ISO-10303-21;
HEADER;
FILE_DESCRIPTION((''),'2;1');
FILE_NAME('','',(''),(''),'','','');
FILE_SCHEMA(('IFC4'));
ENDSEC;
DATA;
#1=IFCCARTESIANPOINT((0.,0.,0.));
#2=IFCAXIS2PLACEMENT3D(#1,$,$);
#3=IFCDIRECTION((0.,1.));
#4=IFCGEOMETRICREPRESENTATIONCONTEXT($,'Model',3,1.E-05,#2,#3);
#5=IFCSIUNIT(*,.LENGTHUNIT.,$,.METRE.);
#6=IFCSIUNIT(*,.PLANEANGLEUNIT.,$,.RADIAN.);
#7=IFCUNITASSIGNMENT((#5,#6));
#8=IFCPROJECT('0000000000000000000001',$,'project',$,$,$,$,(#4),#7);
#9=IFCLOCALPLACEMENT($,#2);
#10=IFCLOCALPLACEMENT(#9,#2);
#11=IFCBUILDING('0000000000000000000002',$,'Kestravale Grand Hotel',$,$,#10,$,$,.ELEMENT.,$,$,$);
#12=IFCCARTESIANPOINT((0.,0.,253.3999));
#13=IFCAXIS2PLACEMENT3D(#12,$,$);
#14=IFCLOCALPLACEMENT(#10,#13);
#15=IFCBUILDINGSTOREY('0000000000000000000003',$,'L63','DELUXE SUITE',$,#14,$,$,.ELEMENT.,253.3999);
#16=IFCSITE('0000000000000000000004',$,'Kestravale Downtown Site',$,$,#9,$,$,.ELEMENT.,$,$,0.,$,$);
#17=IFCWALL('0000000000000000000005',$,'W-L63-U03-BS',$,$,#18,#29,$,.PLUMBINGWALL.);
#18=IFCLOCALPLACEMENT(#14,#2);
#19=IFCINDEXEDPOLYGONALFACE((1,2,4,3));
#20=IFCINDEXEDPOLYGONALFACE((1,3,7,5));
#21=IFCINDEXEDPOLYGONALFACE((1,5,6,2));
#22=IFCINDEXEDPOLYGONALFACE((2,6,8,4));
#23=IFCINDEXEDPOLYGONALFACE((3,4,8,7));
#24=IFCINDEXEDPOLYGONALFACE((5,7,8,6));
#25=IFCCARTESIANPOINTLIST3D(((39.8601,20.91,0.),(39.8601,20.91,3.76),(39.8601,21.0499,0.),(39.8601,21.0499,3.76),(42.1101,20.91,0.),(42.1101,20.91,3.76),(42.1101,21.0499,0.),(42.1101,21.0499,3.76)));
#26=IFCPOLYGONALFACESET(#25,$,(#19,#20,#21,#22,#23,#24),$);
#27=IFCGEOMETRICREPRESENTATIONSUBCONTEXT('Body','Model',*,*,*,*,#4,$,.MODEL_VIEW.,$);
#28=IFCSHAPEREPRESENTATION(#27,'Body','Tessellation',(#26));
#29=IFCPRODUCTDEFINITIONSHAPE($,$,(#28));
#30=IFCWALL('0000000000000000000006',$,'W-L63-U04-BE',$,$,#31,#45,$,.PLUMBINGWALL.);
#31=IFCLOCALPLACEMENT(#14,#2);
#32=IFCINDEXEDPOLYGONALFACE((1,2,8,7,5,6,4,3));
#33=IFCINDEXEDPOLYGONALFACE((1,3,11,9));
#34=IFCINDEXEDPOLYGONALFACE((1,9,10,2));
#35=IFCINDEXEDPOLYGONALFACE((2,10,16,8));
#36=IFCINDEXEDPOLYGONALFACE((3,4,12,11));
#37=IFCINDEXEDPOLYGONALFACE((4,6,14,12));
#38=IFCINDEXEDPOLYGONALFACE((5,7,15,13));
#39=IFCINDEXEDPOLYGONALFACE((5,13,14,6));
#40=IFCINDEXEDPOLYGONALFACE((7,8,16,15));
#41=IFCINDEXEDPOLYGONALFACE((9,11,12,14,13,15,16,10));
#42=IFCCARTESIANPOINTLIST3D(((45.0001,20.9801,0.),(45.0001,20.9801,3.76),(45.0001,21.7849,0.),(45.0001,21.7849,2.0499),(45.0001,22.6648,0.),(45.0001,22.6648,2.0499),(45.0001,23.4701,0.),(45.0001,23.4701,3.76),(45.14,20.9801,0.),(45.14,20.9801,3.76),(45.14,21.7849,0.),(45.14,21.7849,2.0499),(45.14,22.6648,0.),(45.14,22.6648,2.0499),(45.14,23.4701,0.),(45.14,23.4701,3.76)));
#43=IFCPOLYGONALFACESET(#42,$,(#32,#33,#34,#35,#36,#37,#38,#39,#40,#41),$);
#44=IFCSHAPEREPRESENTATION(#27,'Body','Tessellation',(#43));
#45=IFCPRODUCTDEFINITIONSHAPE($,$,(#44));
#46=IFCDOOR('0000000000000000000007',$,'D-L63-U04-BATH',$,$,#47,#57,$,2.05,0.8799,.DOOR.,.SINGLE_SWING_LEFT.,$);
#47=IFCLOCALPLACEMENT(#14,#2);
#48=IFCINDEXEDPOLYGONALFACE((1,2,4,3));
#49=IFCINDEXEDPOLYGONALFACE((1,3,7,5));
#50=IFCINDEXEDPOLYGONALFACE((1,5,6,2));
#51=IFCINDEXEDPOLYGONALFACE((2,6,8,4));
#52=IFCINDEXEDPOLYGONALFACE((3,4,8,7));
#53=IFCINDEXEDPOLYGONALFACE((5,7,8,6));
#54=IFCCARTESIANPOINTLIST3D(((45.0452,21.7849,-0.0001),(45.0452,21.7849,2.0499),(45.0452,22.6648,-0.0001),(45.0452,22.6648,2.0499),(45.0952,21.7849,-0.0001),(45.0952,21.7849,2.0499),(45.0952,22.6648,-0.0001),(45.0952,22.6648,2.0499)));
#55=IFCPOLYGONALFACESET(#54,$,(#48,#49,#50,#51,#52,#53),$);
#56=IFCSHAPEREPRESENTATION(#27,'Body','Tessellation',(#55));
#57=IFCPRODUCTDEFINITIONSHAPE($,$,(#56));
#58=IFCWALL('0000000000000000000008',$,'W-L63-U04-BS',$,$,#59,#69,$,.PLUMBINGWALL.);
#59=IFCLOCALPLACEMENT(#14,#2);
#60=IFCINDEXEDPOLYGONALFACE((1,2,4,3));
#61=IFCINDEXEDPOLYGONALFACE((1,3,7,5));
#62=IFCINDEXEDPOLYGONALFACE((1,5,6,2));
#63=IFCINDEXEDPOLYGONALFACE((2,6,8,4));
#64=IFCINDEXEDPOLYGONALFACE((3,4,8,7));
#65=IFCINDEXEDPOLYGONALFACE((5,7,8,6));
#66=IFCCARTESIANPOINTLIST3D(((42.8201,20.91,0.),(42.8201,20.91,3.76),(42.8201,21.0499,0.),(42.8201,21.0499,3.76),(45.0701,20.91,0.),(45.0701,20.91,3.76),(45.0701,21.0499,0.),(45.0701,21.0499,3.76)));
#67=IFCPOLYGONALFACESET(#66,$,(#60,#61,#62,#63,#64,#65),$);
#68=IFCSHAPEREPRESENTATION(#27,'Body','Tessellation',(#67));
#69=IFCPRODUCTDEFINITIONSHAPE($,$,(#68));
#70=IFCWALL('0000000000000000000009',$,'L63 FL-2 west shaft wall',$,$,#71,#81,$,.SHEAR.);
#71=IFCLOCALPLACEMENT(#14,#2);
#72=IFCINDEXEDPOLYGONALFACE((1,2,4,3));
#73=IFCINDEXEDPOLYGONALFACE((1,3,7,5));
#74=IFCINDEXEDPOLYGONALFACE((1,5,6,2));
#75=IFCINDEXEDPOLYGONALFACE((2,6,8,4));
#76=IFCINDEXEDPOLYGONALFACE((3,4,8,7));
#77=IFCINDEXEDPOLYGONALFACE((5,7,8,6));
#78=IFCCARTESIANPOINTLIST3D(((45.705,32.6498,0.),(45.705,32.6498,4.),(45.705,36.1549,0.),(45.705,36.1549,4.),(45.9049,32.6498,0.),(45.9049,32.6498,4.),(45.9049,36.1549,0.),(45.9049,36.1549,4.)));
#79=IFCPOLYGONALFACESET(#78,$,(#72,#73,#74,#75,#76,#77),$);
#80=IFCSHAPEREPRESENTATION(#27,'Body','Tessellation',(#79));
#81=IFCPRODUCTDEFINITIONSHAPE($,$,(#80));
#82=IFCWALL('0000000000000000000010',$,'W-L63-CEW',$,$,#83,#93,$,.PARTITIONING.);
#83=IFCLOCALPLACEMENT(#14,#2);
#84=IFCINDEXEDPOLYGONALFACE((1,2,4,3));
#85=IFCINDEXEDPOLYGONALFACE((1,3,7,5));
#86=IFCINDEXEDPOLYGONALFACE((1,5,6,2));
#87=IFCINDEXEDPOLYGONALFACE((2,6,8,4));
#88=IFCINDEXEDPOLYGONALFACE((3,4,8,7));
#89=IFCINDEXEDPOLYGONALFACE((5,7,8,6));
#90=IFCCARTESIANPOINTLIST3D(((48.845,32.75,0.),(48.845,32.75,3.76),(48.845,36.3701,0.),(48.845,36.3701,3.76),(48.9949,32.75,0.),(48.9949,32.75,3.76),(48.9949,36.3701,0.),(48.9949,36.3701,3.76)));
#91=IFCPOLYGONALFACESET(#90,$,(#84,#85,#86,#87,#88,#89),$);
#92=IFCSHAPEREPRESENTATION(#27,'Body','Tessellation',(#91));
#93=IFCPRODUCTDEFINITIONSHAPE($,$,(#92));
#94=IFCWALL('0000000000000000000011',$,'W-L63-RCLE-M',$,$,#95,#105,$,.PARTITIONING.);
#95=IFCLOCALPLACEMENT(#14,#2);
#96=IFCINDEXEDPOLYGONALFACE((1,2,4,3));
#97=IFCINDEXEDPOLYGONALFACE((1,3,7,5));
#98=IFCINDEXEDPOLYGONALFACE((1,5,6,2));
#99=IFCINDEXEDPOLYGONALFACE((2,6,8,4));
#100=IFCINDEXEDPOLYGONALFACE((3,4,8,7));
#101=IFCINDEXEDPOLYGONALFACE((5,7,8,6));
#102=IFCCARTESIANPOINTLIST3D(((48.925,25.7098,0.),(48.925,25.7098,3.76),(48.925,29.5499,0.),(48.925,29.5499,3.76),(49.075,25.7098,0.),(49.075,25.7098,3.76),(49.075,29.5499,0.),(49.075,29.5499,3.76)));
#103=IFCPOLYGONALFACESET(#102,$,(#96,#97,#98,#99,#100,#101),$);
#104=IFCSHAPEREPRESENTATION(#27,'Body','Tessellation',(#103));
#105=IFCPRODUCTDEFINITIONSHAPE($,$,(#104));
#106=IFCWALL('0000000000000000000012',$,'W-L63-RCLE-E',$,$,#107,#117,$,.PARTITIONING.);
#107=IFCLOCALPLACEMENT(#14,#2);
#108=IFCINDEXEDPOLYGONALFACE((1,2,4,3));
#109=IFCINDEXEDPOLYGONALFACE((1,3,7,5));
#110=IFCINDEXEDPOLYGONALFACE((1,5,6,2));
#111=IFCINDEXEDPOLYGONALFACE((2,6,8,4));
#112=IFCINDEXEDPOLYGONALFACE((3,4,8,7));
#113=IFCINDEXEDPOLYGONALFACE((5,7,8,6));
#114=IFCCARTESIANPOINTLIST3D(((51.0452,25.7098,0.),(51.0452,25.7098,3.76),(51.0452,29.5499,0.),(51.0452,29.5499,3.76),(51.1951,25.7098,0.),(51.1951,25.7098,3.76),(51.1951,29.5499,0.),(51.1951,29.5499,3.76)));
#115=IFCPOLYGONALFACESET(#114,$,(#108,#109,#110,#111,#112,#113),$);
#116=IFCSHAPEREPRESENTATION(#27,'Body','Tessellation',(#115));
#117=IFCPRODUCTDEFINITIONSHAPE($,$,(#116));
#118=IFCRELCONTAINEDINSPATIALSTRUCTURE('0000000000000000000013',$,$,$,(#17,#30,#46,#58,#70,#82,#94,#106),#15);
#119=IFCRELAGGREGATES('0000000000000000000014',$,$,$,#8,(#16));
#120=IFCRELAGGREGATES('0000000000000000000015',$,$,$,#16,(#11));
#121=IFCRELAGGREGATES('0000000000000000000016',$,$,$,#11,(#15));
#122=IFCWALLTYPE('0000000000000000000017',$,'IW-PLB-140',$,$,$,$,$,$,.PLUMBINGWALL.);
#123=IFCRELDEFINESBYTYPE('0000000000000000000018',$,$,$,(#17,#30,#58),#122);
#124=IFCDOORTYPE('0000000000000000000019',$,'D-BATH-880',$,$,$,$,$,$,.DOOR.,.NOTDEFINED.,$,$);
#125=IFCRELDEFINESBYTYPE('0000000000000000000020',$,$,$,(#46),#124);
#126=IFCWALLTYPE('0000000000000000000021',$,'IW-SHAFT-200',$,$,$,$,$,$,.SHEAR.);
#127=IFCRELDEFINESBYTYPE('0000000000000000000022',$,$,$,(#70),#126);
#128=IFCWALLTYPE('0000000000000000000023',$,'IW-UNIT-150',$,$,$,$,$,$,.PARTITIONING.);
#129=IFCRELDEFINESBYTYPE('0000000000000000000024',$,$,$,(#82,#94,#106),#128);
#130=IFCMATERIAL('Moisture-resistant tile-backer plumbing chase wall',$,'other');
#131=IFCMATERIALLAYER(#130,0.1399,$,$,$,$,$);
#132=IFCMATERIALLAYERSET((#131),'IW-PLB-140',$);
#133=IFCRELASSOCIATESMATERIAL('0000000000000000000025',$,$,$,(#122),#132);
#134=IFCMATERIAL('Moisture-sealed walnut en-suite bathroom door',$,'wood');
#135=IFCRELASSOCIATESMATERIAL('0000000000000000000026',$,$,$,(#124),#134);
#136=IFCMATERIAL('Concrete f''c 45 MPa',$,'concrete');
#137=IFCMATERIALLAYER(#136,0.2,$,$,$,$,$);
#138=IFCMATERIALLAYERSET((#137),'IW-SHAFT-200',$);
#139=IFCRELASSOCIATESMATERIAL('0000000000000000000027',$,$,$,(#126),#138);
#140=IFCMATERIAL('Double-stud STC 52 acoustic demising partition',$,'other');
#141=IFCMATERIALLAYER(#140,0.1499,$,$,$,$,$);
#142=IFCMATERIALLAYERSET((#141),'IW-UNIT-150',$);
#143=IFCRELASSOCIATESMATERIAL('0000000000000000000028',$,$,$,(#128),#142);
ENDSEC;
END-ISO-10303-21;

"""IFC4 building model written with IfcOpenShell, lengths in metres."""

from ifc_helpers import new_model, si_unit, direction, frame, frame_2d, origin, place, context, subcontext, project, spatial, rectangle, extrude, material, layer, layer_set, type_object, element, fill, save


model = new_model("IFC4")

# Units and contexts
model_context = context("Model", 3, precision=1e-05, world=origin(), true_north=direction((0.0, 1.0)))
body_context = subcontext(model_context, "Body", "Model", "MODEL_VIEW")
ifc_project = project(units=[si_unit("LENGTHUNIT", "METRE"), si_unit("PLANEANGLEUNIT", "RADIAN")], contexts=[model_context])

# Site, building, storey
site_placement = place(None, origin())
site = spatial("IfcSite", under=ifc_project, at=site_placement, Name="Kestravale Downtown Site", CompositionType="ELEMENT", RefElevation=0.0)
building_placement = place(site_placement, origin())
building = spatial("IfcBuilding", under=site, at=building_placement, Name="Kestravale Grand Hotel", CompositionType="ELEMENT")
storey_placement = place(building_placement, frame((0.0, 0.0, 253.3999)))
storey = spatial("IfcBuildingStorey", under=building, at=storey_placement, Name="L63", Description="DELUXE SUITE", CompositionType="ELEMENT", Elevation=253.3999)

# Shared definitions
ifc_material_1 = material(Name="Moisture-resistant tile-backer plumbing chase wall", Category="other")
ifc_layer_1 = layer(ifc_material_1, 0.1399)
ifc_layer_set_1 = layer_set([ifc_layer_1], Name="IW-PLB-140")
wall_type_1 = type_object("IfcWallType", Name="IW-PLB-140", PredefinedType="PLUMBINGWALL", material=ifc_layer_set_1)
ifc_material_2 = material(Name="Moisture-sealed walnut en-suite bathroom door", Category="wood")
door_type_1 = type_object("IfcDoorType", Name="D-BATH-880", OperationType="NOTDEFINED", PredefinedType="DOOR", material=ifc_material_2)

# Wall
wall_1_placement = place(storey_placement, frame((39.8601, 20.98, 0.0), z_axis=(0.0, 0.0, 1.0), x_axis=(1.0, 0.0, 0.0)))
element("IfcWall", 1, at=wall_1_placement, inside=storey, type_object=wall_type_1, Name="W-L63-U03-BS", PredefinedType="PLUMBINGWALL", context=body_context, shape_type="SweptSolid", body=[
    extrude(rectangle(XDim=2.25, YDim=0.1399, at=frame_2d((1.125, 0.0))), origin(), (0.0, 0.0, 1.0), 3.76),
])

# Wall, opening, door
wall_2_placement = place(storey_placement, frame((45.0701, 20.98, 0.0), z_axis=(0.0, 0.0, 1.0), x_axis=(0.0, 1.0, 0.0)))
wall_2 = element("IfcWall", 2, at=wall_2_placement, inside=storey, type_object=wall_type_1, Name="W-L63-U04-BE", PredefinedType="PLUMBINGWALL", context=body_context, shape_type="SweptSolid", body=[
    extrude(rectangle(XDim=2.49, YDim=0.1399, at=frame_2d((1.2451, 0.0))), origin(), (0.0, 0.0, 1.0), 3.76),
])
opening_1_placement = place(wall_2_placement, frame((0.8049, 0.0, 0.0)))
opening_1 = element("IfcOpeningElement", 3, at=opening_1_placement, cuts=wall_2, PredefinedType="OPENING", context=body_context, shape_type="SweptSolid", body=[
    extrude(rectangle(XDim=0.8799, YDim=2.05, at=frame_2d((0.4399, 1.0249))), frame((0.0, 0.0798, 0.0), z_axis=(0.0, -1.0, 0.0), x_axis=(1.0, 0.0, 0.0)), (0.0, 0.0, 1.0), 0.1599),
])
door_1_placement = place(opening_1_placement, origin())
door_1 = element("IfcDoor", 4, at=door_1_placement, inside=storey, type_object=door_type_1, Name="D-L63-U04-BATH", OperationType="SINGLE_SWING_LEFT", OverallHeight=2.05, OverallWidth=0.8799, PredefinedType="DOOR", context=body_context, shape_type="SweptSolid", body=[
    extrude(rectangle(XDim=0.8799, YDim=2.05, at=frame_2d((0.4399, 1.0249))), frame((0.0, 0.0249, 0.0), z_axis=(0.0, -1.0, 0.0), x_axis=(1.0, 0.0, 0.0)), (0.0, 0.0, 1.0), 0.05),
])
fill(opening_1, door_1)

# Walls
wall_3_placement = place(storey_placement, frame((42.8201, 20.98, 0.0), z_axis=(0.0, 0.0, 1.0), x_axis=(1.0, 0.0, 0.0)))
element("IfcWall", 5, at=wall_3_placement, inside=storey, type_object=wall_type_1, Name="W-L63-U04-BS", PredefinedType="PLUMBINGWALL", context=body_context, shape_type="SweptSolid", body=[
    extrude(rectangle(XDim=2.25, YDim=0.1399, at=frame_2d((1.125, 0.0))), origin(), (0.0, 0.0, 1.0), 3.76),
])
ifc_material_3 = material(Name="Concrete f'c 45 MPa", Category="concrete")
ifc_layer_2 = layer(ifc_material_3, 0.2)
ifc_layer_set_2 = layer_set([ifc_layer_2], Name="IW-SHAFT-200")
wall_type_2 = type_object("IfcWallType", Name="IW-SHAFT-200", PredefinedType="SHEAR", material=ifc_layer_set_2)
wall_4_placement = place(storey_placement, frame((45.8049, 32.6499, 0.0), z_axis=(0.0, 0.0, 1.0), x_axis=(0.0, 1.0, 0.0)))
element("IfcWall", 6, at=wall_4_placement, inside=storey, type_object=wall_type_2, Name="L63 FL-2 west shaft wall", PredefinedType="SHEAR", context=body_context, shape_type="SweptSolid", body=[
    extrude(rectangle(XDim=3.5051, YDim=0.2, at=frame_2d((1.7524, 0.0))), origin(), (0.0, 0.0, 1.0), 4.0),
])
ifc_material_4 = material(Name="Double-stud STC 52 acoustic demising partition", Category="other")
ifc_layer_3 = layer(ifc_material_4, 0.1499)
ifc_layer_set_3 = layer_set([ifc_layer_3], Name="IW-UNIT-150")
wall_type_3 = type_object("IfcWallType", Name="IW-UNIT-150", PredefinedType="PARTITIONING", material=ifc_layer_set_3)
wall_5_placement = place(storey_placement, frame((48.9199, 32.75, 0.0), z_axis=(0.0, 0.0, 1.0), x_axis=(0.0, 1.0, 0.0)))
element("IfcWall", 7, at=wall_5_placement, inside=storey, type_object=wall_type_3, Name="W-L63-CEW", PredefinedType="PARTITIONING", context=body_context, shape_type="SweptSolid", body=[
    extrude(rectangle(XDim=3.6201, YDim=0.1499, at=frame_2d((1.8101, 0.0))), origin(), (0.0, 0.0, 1.0), 3.76),
])
for number, where, z_axis, x_axis, name in (
    (8, (49.0, 25.71, 0.0), (0.0, 0.0, 1.0), (0.0, 1.0, 0.0), "W-L63-RCLE-M"),
    (9, (51.1201, 25.71, 0.0), (0.0, 0.0, 1.0), (0.0, 1.0, 0.0), "W-L63-RCLE-E"),
):
    element("IfcWall", number, at=place(storey_placement, frame(where, z_axis=z_axis, x_axis=x_axis)), inside=storey, type_object=wall_type_3, Name=name, PredefinedType="PARTITIONING", context=body_context, shape_type="SweptSolid", body=[
        extrude(rectangle(XDim=3.8401, YDim=0.1499, at=frame_2d((1.9199, 0.0))), origin(), (0.0, 0.0, 1.0), 3.76),
    ])

save(model, "model.ifc")
